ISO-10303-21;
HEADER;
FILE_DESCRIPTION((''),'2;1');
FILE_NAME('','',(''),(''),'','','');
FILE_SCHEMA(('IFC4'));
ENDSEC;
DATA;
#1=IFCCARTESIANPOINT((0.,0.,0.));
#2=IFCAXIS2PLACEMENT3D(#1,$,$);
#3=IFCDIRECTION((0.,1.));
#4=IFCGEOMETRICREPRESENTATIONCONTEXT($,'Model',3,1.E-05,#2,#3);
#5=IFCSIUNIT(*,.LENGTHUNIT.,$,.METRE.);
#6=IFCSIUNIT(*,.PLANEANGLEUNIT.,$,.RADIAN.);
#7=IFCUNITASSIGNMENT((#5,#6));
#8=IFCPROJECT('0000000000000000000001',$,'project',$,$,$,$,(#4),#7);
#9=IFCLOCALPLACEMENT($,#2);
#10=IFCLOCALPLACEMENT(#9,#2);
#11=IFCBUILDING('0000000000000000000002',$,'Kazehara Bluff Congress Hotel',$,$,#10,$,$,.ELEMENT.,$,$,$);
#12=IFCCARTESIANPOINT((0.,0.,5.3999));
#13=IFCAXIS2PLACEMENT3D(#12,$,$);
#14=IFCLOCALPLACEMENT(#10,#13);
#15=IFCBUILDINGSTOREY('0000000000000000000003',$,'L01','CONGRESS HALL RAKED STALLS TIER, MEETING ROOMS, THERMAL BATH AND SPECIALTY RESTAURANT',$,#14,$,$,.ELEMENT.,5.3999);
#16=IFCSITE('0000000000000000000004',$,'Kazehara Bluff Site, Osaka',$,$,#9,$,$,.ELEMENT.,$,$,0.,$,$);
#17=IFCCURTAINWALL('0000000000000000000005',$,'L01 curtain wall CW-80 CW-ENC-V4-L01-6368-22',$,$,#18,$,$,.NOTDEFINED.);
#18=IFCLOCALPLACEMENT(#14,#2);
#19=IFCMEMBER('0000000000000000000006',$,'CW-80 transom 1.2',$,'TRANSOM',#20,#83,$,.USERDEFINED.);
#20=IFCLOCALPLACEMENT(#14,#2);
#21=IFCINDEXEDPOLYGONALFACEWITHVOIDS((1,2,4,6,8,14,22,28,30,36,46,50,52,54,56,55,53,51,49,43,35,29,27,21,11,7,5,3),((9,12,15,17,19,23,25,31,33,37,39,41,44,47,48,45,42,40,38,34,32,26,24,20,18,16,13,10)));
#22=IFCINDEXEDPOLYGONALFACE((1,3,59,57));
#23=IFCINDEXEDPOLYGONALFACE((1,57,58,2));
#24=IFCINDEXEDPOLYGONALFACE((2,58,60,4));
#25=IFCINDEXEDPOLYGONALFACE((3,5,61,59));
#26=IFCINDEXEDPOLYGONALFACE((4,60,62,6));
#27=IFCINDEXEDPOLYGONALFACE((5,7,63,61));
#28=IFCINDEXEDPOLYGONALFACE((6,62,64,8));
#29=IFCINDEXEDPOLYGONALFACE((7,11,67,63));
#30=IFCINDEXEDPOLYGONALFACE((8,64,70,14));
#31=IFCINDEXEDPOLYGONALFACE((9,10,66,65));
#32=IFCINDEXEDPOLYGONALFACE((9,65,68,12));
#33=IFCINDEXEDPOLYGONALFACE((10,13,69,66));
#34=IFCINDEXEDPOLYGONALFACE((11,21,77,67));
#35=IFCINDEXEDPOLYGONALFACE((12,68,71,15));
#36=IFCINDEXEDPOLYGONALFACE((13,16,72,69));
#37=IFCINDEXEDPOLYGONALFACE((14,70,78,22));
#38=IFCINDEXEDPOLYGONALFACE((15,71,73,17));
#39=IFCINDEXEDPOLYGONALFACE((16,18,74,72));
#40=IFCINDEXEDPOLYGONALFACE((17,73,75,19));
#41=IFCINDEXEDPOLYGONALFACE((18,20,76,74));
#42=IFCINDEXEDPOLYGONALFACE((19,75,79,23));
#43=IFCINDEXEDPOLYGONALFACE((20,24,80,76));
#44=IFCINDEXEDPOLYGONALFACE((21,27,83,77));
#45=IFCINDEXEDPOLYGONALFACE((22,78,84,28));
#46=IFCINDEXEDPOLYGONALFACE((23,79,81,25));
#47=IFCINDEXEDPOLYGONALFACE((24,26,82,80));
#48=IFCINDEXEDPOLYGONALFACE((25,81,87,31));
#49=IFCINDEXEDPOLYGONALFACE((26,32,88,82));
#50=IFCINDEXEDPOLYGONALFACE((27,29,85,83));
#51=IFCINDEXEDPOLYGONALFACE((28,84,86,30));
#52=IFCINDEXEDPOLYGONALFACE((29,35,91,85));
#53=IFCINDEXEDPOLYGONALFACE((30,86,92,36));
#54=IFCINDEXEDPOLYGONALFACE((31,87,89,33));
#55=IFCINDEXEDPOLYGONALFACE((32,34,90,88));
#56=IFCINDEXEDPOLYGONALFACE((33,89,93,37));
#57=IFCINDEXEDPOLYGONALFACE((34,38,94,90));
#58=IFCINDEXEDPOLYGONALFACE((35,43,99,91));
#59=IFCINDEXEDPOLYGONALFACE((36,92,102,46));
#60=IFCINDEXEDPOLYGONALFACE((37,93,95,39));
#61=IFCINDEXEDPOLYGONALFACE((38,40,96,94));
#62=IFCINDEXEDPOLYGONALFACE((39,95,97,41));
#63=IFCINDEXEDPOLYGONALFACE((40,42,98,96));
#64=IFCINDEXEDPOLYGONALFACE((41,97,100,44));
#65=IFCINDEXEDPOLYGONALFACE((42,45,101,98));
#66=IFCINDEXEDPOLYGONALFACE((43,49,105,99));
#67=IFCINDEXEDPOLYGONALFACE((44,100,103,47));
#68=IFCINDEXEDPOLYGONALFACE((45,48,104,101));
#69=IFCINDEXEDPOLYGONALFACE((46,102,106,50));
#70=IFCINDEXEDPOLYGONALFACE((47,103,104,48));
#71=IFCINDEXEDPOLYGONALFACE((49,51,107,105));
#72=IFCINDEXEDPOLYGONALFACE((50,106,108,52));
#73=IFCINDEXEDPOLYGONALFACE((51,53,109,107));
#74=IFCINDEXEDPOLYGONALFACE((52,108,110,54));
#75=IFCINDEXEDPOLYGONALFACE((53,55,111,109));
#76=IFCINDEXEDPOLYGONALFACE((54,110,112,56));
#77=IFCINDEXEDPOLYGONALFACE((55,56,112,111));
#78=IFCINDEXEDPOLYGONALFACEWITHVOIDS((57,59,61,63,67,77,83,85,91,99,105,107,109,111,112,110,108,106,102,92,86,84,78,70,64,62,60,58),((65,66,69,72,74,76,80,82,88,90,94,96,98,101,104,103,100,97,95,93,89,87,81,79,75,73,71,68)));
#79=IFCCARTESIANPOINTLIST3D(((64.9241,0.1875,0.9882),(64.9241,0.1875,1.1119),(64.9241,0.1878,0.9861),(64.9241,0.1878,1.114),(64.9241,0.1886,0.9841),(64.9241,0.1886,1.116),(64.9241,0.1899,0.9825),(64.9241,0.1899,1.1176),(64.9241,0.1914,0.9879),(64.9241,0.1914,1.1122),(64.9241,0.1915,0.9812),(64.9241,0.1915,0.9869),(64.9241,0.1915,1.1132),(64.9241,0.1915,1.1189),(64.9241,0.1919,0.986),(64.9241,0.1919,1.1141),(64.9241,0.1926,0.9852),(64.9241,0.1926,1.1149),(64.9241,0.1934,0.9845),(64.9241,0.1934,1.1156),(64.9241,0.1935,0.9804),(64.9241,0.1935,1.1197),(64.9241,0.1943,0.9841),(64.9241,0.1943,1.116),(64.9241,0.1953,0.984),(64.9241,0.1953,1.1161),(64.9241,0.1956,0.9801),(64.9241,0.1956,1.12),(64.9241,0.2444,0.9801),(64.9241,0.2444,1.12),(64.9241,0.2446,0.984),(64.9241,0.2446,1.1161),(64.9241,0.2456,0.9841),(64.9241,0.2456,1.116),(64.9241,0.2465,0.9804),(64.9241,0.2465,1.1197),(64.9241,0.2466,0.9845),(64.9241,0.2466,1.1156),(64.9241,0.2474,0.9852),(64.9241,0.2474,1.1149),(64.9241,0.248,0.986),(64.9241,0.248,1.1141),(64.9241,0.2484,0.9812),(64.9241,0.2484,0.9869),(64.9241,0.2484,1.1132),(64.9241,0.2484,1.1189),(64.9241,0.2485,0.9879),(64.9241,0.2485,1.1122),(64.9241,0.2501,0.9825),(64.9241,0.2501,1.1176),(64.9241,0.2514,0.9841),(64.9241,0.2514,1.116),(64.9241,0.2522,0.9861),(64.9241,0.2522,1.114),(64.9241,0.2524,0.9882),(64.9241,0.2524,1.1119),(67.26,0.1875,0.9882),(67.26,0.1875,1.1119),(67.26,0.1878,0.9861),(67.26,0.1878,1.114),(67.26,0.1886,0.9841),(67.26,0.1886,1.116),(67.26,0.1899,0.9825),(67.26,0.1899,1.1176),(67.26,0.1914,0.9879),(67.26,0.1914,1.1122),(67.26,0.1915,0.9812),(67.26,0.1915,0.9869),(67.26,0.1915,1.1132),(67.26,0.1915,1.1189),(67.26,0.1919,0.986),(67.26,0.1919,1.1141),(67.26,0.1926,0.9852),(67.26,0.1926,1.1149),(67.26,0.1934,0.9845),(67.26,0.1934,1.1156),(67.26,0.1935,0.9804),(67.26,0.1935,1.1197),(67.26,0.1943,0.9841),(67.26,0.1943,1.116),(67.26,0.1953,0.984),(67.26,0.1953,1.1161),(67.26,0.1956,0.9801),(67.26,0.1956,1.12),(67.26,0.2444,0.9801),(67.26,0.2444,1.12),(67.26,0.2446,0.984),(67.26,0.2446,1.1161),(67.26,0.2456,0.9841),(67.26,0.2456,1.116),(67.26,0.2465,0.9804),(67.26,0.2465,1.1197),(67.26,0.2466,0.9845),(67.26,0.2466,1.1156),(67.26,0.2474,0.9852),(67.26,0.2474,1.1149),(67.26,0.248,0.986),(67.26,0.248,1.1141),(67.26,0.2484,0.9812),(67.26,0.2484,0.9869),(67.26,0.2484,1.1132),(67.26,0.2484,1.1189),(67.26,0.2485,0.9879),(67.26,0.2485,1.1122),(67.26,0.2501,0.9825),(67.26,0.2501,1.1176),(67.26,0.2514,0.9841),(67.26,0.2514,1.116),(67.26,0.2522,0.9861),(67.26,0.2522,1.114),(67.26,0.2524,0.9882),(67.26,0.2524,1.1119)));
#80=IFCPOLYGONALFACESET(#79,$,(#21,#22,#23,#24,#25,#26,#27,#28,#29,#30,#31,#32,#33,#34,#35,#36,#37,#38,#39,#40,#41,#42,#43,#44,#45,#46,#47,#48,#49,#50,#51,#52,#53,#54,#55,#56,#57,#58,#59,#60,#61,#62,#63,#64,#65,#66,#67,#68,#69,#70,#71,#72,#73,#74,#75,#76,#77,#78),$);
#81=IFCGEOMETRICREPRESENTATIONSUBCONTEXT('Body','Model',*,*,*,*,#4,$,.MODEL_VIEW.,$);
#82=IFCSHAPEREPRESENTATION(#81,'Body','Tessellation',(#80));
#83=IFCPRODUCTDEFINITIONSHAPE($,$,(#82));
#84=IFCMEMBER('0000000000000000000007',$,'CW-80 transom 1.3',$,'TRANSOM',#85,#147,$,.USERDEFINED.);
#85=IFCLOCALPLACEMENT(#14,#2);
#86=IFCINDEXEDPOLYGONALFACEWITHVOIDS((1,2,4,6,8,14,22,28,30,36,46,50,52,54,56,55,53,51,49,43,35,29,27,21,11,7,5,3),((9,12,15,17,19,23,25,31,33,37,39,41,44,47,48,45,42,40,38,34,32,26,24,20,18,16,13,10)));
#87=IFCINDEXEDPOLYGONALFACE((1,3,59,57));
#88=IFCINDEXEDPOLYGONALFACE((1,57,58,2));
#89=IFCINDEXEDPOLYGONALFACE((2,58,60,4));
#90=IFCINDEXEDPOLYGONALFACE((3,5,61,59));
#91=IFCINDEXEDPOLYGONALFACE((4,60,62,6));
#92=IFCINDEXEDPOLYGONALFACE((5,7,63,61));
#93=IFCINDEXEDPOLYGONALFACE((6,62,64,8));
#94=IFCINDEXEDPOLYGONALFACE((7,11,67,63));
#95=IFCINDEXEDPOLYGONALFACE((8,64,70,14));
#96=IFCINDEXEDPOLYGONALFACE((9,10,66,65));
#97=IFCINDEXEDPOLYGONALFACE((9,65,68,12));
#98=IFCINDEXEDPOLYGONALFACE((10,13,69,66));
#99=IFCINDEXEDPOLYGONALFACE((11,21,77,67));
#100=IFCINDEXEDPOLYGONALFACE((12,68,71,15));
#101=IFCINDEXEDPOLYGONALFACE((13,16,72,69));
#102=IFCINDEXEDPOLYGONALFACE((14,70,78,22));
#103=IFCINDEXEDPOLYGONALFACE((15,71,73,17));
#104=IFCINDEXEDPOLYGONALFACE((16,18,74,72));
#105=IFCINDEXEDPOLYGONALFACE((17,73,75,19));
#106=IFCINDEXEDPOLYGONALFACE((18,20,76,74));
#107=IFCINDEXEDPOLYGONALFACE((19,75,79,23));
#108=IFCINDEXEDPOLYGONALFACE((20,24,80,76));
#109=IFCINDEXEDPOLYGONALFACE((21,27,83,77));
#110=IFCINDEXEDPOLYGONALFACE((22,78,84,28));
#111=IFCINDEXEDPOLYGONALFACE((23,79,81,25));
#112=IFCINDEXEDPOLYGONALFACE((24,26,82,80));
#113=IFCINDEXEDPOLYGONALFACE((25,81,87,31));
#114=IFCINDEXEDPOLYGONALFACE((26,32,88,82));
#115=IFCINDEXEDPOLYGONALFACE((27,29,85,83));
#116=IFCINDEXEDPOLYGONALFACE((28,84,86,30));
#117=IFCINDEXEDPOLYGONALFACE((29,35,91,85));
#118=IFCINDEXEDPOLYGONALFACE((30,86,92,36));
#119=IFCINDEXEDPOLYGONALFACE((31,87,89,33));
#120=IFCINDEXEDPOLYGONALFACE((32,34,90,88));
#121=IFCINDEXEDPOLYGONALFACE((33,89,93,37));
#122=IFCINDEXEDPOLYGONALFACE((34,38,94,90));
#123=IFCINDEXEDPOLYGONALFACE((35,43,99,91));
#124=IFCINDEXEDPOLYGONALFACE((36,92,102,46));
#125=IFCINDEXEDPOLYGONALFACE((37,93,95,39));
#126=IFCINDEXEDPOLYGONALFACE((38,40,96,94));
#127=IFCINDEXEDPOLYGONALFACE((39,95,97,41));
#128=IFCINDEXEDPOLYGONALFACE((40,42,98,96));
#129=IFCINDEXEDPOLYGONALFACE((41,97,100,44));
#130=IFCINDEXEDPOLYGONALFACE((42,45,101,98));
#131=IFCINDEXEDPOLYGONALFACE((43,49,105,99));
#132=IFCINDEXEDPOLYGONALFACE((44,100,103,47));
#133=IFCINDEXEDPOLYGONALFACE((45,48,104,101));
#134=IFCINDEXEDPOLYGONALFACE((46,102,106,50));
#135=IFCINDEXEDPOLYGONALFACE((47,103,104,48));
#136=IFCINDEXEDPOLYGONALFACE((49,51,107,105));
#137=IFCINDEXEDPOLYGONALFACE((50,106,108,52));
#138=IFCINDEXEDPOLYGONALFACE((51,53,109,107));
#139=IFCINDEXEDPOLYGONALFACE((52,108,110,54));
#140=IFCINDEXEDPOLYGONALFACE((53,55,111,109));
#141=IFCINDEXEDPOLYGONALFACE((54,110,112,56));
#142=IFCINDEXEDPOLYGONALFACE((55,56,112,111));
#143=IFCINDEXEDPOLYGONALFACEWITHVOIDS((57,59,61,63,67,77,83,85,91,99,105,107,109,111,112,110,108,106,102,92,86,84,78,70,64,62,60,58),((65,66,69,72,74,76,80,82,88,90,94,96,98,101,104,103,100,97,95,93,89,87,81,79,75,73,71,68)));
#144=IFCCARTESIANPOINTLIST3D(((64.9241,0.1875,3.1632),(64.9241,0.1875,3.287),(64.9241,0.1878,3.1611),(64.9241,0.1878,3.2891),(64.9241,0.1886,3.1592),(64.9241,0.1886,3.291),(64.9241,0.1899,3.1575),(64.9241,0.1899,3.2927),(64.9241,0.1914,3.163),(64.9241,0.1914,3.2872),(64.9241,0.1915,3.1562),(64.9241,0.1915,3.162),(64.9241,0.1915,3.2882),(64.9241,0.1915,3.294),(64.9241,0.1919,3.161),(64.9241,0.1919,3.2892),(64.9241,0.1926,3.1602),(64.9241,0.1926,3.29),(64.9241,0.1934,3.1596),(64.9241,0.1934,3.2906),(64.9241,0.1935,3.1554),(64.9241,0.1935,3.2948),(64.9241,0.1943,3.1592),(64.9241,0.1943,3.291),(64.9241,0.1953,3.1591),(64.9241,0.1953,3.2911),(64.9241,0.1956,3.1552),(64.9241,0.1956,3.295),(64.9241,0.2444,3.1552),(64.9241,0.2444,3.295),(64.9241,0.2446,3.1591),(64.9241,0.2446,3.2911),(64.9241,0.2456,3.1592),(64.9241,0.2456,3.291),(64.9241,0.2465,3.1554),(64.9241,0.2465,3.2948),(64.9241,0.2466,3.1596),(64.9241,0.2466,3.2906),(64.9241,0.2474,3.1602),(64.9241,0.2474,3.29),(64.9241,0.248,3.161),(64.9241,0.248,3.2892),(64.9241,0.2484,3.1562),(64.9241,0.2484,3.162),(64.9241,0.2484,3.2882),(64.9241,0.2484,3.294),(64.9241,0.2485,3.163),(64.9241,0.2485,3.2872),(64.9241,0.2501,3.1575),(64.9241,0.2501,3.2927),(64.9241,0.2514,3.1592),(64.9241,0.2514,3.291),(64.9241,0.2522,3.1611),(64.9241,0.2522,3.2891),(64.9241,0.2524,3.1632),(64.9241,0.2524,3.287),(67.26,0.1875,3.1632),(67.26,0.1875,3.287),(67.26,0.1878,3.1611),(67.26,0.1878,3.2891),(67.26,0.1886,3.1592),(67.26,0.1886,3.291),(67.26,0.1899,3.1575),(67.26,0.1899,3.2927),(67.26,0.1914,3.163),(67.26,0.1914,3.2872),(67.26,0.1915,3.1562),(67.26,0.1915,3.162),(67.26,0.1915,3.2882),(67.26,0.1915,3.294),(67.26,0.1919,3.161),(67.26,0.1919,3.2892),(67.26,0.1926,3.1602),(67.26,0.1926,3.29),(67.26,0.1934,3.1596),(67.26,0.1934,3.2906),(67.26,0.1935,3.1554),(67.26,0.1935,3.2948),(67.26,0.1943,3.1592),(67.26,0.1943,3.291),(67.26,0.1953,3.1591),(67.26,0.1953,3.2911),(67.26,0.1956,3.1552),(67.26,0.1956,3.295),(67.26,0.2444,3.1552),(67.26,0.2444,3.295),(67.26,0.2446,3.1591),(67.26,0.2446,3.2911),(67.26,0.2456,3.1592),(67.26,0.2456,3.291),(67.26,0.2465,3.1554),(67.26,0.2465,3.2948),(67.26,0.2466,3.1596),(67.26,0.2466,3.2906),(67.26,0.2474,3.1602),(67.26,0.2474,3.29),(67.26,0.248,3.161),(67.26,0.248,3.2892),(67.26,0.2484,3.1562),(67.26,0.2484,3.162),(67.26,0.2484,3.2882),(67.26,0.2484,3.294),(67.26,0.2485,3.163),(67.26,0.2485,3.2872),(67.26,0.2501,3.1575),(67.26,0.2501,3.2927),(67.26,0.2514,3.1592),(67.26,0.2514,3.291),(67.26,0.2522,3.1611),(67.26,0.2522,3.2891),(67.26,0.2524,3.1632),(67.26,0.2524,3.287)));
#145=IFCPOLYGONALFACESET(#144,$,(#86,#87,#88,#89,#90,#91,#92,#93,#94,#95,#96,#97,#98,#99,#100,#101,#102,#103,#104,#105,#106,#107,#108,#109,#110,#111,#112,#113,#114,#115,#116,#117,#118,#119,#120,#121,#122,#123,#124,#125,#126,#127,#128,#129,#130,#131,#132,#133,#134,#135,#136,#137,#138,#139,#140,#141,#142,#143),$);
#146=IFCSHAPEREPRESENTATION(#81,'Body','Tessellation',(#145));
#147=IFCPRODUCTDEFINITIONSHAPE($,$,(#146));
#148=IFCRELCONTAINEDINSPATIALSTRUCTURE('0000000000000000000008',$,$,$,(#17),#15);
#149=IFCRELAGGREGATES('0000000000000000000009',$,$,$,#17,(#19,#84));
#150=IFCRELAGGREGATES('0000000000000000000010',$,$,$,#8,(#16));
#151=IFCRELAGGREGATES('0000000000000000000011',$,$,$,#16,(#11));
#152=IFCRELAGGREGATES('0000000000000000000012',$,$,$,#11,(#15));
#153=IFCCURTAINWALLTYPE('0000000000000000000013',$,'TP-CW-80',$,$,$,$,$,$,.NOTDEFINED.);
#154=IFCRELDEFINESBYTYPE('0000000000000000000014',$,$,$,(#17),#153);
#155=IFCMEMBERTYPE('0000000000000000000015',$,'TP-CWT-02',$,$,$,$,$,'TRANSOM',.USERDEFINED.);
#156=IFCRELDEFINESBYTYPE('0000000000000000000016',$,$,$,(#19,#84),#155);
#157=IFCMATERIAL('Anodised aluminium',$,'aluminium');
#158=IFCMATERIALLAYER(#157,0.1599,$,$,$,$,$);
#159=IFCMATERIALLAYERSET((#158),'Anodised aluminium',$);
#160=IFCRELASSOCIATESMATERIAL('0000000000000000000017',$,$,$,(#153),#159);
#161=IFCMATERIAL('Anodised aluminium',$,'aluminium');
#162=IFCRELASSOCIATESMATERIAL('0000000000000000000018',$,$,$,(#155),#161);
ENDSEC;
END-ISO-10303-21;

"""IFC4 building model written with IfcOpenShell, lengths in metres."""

from ifc_helpers import new_model, si_unit, direction, frame, origin, origin_2d, place, context, subcontext, project, spatial, hollow_rectangle, extrude, material, layer, layer_set, material_profile, profile_set, type_object, element, aggregate, save


model = new_model("IFC4")

# Units and contexts
model_context = context("Model", 3, precision=1e-05, world=origin(), true_north=direction((0.0, 1.0)))
body_context = subcontext(model_context, "Body", "Model", "MODEL_VIEW")
ifc_project = project(units=[si_unit("LENGTHUNIT", "METRE"), si_unit("PLANEANGLEUNIT", "RADIAN")], contexts=[model_context])

# Site, building, storey
site_placement = place(None, origin())
site = spatial("IfcSite", under=ifc_project, at=site_placement, Name="Kazehara Bluff Site, Osaka", CompositionType="ELEMENT", RefElevation=0.0)
building_placement = place(site_placement, origin())
building = spatial("IfcBuilding", under=site, at=building_placement, Name="Kazehara Bluff Congress Hotel", CompositionType="ELEMENT")
storey_placement = place(building_placement, frame((0.0, 0.0, 5.3999)))
storey = spatial("IfcBuildingStorey", under=building, at=storey_placement, Name="L01", Description="CONGRESS HALL RAKED STALLS TIER, MEETING ROOMS, THERMAL BATH AND SPECIALTY RESTAURANT", CompositionType="ELEMENT", Elevation=5.3999)

# Curtain wall
ifc_material_1 = material(Name="Anodised aluminium", Category="aluminium")
ifc_layer_1 = layer(ifc_material_1, 0.1599)
ifc_layer_set_1 = layer_set([ifc_layer_1], Name="Anodised aluminium")
curtain_wall_type_1 = type_object("IfcCurtainWallType", Name="TP-CW-80", PredefinedType="NOTDEFINED", material=ifc_layer_set_1)
curtain_wall_1_placement = place(storey_placement, origin())
curtain_wall_1 = element("IfcCurtainWall", 1, at=curtain_wall_1_placement, inside=storey, type_object=curtain_wall_type_1, Name="L01 curtain wall CW-80 CW-ENC-V4-L01-6368-22", PredefinedType="NOTDEFINED")

# Members
ifc_material_2 = material(Name="Anodised aluminium", Category="aluminium")
ifc_material_profile_1 = material_profile(ifc_material_2, hollow_rectangle(XDim=0.0649, YDim=0.1399, WallThickness=0.0039, InnerFilletRadius=0.0039, OuterFilletRadius=0.0081, at=origin_2d()))
ifc_profile_set_1 = profile_set([ifc_material_profile_1], Name="Anodised aluminium")
member_type_1 = type_object("IfcMemberType", Name="TP-CWT-02", ElementType="TRANSOM", PredefinedType="USERDEFINED", material=ifc_profile_set_1)
member_1_placement = place(storey_placement, frame((67.26, 0.22, 1.05), z_axis=(-1.0, 0.0, 0.0), x_axis=(0.0, -1.0, 0.0)))
member_1 = element("IfcMember", 2, at=member_1_placement, type_object=member_type_1, Name="CW-80 transom 1.2", ObjectType="TRANSOM", PredefinedType="USERDEFINED", context=body_context, shape_type="SweptSolid", body=[
    extrude(hollow_rectangle(XDim=0.0649, YDim=0.1399, WallThickness=0.0039, InnerFilletRadius=0.0039, OuterFilletRadius=0.0081, at=origin_2d()), origin(), (0.0, 0.0, 1.0), 2.3359),
])
member_2_placement = place(storey_placement, frame((67.26, 0.22, 3.2251), z_axis=(-1.0, 0.0, 0.0), x_axis=(0.0, -1.0, 0.0)))
member_2 = element("IfcMember", 3, at=member_2_placement, type_object=member_type_1, Name="CW-80 transom 1.3", ObjectType="TRANSOM", PredefinedType="USERDEFINED", context=body_context, shape_type="SweptSolid", body=[
    extrude(hollow_rectangle(XDim=0.0649, YDim=0.1399, WallThickness=0.0039, InnerFilletRadius=0.0039, OuterFilletRadius=0.0081, at=origin_2d()), origin(), (0.0, 0.0, 1.0), 2.3359),
])

aggregate(curtain_wall_1, [member_1, member_2])

save(model, "model.ifc")
